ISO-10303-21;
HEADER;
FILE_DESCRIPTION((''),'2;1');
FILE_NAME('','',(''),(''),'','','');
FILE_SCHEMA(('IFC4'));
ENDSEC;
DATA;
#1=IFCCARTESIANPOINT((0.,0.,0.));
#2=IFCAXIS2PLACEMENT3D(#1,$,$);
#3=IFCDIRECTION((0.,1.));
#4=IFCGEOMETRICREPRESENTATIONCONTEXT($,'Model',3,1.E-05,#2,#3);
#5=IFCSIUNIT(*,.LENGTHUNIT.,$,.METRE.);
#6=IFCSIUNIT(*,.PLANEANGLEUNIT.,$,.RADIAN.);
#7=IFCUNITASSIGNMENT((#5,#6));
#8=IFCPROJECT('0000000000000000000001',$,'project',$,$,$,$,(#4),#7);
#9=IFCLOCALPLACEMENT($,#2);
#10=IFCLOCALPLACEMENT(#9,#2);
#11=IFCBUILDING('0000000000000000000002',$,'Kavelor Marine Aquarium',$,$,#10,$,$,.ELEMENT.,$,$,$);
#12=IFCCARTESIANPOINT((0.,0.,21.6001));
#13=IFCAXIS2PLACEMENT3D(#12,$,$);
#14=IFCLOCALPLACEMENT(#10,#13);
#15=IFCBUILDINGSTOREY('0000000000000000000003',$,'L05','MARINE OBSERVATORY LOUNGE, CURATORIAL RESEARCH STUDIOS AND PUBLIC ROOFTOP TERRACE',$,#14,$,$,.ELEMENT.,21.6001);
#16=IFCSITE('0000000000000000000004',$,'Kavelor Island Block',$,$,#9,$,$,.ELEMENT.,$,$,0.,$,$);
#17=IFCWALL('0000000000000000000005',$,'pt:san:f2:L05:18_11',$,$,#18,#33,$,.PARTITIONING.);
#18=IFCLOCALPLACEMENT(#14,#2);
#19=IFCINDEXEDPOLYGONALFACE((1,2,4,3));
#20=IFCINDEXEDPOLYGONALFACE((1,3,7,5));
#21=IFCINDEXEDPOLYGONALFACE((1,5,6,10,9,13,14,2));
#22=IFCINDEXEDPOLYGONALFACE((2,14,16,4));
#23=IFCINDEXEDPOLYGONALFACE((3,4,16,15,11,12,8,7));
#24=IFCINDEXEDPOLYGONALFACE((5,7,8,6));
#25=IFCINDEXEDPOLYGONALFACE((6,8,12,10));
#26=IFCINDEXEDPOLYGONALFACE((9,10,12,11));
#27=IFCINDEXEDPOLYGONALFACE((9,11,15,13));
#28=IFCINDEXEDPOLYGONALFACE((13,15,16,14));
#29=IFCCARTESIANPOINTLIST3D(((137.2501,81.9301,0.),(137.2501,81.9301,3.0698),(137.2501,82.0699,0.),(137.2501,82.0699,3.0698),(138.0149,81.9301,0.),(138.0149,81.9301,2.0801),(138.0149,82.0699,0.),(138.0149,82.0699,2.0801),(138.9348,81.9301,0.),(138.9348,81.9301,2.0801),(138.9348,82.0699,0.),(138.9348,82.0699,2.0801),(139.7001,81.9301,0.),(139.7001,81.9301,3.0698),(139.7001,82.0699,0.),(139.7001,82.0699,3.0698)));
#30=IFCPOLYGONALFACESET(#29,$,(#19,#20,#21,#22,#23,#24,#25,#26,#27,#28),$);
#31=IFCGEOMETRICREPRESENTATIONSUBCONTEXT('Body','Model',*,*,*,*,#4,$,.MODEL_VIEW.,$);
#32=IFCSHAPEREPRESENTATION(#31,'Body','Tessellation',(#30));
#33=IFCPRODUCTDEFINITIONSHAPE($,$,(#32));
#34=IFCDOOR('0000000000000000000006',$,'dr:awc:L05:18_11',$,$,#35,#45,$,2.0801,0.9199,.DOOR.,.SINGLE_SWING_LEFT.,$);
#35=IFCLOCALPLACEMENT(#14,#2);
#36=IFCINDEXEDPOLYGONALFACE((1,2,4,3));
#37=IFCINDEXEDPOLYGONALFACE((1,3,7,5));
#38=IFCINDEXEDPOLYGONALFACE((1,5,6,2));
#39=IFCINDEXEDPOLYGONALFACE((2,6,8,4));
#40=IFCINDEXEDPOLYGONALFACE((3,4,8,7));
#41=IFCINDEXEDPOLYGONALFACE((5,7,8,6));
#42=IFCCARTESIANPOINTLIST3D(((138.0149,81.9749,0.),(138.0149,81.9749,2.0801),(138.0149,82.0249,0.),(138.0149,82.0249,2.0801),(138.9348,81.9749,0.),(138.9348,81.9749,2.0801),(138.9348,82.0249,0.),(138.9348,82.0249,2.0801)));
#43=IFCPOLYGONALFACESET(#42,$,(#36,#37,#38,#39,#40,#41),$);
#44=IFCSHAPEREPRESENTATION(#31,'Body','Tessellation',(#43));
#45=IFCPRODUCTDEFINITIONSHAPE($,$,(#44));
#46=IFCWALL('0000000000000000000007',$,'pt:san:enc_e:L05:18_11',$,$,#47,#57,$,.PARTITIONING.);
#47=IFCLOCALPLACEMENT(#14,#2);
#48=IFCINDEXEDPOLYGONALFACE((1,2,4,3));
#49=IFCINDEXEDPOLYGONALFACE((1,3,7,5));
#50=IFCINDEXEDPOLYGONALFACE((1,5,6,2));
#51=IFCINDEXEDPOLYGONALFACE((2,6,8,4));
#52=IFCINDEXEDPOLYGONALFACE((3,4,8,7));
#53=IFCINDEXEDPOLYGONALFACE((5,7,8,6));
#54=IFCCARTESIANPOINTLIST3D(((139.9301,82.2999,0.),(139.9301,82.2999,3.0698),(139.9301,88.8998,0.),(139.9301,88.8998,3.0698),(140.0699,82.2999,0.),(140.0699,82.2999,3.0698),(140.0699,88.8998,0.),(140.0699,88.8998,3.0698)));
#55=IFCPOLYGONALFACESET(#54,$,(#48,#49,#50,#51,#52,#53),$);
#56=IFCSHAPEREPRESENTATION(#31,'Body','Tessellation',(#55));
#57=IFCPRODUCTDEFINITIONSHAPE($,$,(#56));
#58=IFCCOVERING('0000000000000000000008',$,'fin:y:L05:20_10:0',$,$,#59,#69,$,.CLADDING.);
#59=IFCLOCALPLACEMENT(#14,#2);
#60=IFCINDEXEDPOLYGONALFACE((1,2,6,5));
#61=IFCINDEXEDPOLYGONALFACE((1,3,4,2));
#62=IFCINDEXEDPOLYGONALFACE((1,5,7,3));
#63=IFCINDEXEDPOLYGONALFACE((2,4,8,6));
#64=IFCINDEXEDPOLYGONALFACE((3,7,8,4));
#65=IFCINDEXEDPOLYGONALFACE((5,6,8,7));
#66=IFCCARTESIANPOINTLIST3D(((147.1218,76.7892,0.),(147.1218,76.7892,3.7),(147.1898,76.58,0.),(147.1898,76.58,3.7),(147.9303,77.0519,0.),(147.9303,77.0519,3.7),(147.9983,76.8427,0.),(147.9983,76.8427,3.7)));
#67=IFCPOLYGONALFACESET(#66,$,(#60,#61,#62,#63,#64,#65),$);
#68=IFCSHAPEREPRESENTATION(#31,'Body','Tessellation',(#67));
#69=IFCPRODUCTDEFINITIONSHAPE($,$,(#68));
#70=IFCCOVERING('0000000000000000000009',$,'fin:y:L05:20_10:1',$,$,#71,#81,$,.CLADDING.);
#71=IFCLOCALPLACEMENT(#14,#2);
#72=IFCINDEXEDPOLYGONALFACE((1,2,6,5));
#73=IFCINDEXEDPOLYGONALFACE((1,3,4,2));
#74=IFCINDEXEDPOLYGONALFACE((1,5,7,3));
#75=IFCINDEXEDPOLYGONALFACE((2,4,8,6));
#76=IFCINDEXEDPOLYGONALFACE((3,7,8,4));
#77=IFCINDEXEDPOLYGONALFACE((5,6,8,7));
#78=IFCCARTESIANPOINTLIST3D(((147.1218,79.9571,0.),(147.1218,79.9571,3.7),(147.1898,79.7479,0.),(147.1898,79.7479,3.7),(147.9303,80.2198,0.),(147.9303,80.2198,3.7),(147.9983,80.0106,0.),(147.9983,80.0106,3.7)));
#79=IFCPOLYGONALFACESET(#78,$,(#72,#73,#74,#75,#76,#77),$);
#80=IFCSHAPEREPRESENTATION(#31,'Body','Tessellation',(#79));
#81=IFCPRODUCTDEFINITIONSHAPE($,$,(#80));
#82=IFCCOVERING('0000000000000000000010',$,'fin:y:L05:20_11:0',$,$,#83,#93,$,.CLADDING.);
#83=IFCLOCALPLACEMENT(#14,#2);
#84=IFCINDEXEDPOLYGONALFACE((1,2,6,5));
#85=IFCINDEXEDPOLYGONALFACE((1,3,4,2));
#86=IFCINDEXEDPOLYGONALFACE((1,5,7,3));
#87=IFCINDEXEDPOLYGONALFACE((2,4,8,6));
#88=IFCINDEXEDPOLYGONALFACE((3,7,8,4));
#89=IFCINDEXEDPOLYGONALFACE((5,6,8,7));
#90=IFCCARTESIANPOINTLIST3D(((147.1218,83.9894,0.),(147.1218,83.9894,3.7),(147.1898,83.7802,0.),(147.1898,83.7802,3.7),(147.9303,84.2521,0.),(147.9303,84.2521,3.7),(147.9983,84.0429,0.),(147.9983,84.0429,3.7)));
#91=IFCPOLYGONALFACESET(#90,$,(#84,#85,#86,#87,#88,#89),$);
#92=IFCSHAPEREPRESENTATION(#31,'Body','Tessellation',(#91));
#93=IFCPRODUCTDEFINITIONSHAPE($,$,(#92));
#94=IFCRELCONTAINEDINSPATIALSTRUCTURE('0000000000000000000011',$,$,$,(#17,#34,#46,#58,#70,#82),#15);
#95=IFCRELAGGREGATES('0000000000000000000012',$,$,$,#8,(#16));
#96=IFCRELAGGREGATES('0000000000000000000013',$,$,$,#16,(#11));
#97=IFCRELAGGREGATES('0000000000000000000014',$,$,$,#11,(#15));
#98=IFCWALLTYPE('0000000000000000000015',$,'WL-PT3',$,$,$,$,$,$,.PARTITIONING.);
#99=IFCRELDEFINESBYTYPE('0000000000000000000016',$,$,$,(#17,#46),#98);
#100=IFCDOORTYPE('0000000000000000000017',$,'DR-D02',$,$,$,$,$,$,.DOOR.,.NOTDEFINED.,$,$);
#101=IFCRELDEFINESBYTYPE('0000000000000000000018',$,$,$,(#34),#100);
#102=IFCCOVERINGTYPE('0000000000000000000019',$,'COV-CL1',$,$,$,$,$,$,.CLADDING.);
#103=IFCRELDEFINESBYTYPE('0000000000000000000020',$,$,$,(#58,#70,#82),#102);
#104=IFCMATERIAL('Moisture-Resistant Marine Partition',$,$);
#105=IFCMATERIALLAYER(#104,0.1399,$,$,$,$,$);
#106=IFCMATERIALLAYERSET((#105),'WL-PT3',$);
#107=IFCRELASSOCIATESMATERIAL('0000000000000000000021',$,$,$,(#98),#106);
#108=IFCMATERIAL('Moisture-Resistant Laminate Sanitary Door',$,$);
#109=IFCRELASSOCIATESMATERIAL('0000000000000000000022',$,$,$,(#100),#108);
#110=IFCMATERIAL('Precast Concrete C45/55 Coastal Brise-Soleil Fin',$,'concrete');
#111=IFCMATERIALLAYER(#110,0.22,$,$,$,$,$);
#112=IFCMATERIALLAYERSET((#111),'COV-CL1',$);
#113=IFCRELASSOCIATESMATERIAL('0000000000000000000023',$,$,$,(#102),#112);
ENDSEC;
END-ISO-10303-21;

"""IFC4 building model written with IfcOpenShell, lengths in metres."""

from ifc_helpers import new_model, si_unit, direction, frame, frame_2d, origin, origin_2d, place, context, subcontext, project, spatial, rectangle, extrude, material, layer, layer_set, type_object, element, fill, save


model = new_model("IFC4")

# Units and contexts
model_context = context("Model", 3, precision=1e-05, world=origin(), true_north=direction((0.0, 1.0)))
body_context = subcontext(model_context, "Body", "Model", "MODEL_VIEW")
ifc_project = project(units=[si_unit("LENGTHUNIT", "METRE"), si_unit("PLANEANGLEUNIT", "RADIAN")], contexts=[model_context])

# Site, building, storey
site_placement = place(None, origin())
site = spatial("IfcSite", under=ifc_project, at=site_placement, Name="Kavelor Island Block", CompositionType="ELEMENT", RefElevation=0.0)
building_placement = place(site_placement, origin())
building = spatial("IfcBuilding", under=site, at=building_placement, Name="Kavelor Marine Aquarium", CompositionType="ELEMENT")
storey_placement = place(building_placement, frame((0.0, 0.0, 21.6001)))
storey = spatial("IfcBuildingStorey", under=building, at=storey_placement, Name="L05", Description="MARINE OBSERVATORY LOUNGE, CURATORIAL RESEARCH STUDIOS AND PUBLIC ROOFTOP TERRACE", CompositionType="ELEMENT", Elevation=21.6001)

# Shared definitions
ifc_material_1 = material(Name="Moisture-Resistant Marine Partition")
ifc_layer_1 = layer(ifc_material_1, 0.1399)
ifc_layer_set_1 = layer_set([ifc_layer_1], Name="WL-PT3")
wall_type_1 = type_object("IfcWallType", Name="WL-PT3", PredefinedType="PARTITIONING", material=ifc_layer_set_1)

# Wall, opening, door
ifc_material_2 = material(Name="Moisture-Resistant Laminate Sanitary Door")
door_type_1 = type_object("IfcDoorType", Name="DR-D02", OperationType="NOTDEFINED", PredefinedType="DOOR", material=ifc_material_2)
wall_1_placement = place(storey_placement, frame((137.25, 82.0, 0.0), z_axis=(0.0, 0.0, 1.0), x_axis=(1.0, 0.0, 0.0)))
wall_1 = element("IfcWall", 1, at=wall_1_placement, inside=storey, type_object=wall_type_1, Name="pt:san:f2:L05:18_11", PredefinedType="PARTITIONING", context=body_context, shape_type="SweptSolid", body=[
    extrude(rectangle(XDim=2.45, YDim=0.1399, at=frame_2d((1.2251, 0.0))), origin(), (0.0, 0.0, 1.0), 3.0698),
])
opening_1_placement = place(wall_1_placement, frame((0.7649, 0.0, 0.0)))
opening_1 = element("IfcOpeningElement", 2, at=opening_1_placement, cuts=wall_1, PredefinedType="OPENING", context=body_context, shape_type="SweptSolid", body=[
    extrude(rectangle(XDim=0.9199, YDim=2.0801, at=frame_2d((0.46, 1.04))), frame((0.0, 0.0798, 0.0), z_axis=(0.0, -1.0, 0.0), x_axis=(1.0, 0.0, 0.0)), (0.0, 0.0, 1.0), 0.1599),
])
door_1_placement = place(opening_1_placement, origin())
door_1 = element("IfcDoor", 3, at=door_1_placement, inside=storey, type_object=door_type_1, Name="dr:awc:L05:18_11", OperationType="SINGLE_SWING_LEFT", OverallHeight=2.0801, OverallWidth=0.9199, PredefinedType="DOOR", context=body_context, shape_type="SweptSolid", body=[
    extrude(rectangle(XDim=0.9199, YDim=2.0801, at=frame_2d((0.46, 1.04))), frame((0.0, 0.0249, 0.0), z_axis=(0.0, -1.0, 0.0), x_axis=(1.0, 0.0, 0.0)), (0.0, 0.0, 1.0), 0.05),
])
fill(opening_1, door_1)

# Wall
wall_2_placement = place(storey_placement, frame((140.0, 82.3, 0.0), z_axis=(0.0, 0.0, 1.0), x_axis=(0.0, 1.0, 0.0)))
element("IfcWall", 4, at=wall_2_placement, inside=storey, type_object=wall_type_1, Name="pt:san:enc_e:L05:18_11", PredefinedType="PARTITIONING", context=body_context, shape_type="SweptSolid", body=[
    extrude(rectangle(XDim=6.5999, YDim=0.1399, at=frame_2d((3.2998, 0.0))), origin(), (0.0, 0.0, 1.0), 3.0698),
])

# Coverings
ifc_material_3 = material(Name="Precast Concrete C45/55 Coastal Brise-Soleil Fin", Category="concrete")
ifc_layer_2 = layer(ifc_material_3, 0.22)
ifc_layer_set_2 = layer_set([ifc_layer_2], Name="COV-CL1")
covering_type = type_object("IfcCoveringType", Name="COV-CL1", PredefinedType="CLADDING", material=ifc_layer_set_2)
for number, where, z_axis, x_axis, name in (
    (5, (147.5601, 76.8159, 0.0), (0.0, 0.0, 1.0), (0.951057, 0.309017, 0.0), "fin:y:L05:20_10:0"),
    (6, (147.5601, 79.9839, 0.0), (0.0, 0.0, 1.0), (0.951057, 0.309017, 0.0), "fin:y:L05:20_10:1"),
    (7, (147.5601, 84.0161, 0.0), (0.0, 0.0, 1.0), (0.951057, 0.309017, 0.0), "fin:y:L05:20_11:0"),
):
    element("IfcCovering", number, at=place(storey_placement, frame(where, z_axis=z_axis, x_axis=x_axis)), inside=storey, type_object=covering_type, Name=name, PredefinedType="CLADDING", context=body_context, shape_type="SweptSolid", body=[
        extrude(rectangle(XDim=0.8501, YDim=0.22, at=origin_2d()), origin(), (0.0, 0.0, 1.0), 3.7),
    ])

save(model, "model.ifc")
